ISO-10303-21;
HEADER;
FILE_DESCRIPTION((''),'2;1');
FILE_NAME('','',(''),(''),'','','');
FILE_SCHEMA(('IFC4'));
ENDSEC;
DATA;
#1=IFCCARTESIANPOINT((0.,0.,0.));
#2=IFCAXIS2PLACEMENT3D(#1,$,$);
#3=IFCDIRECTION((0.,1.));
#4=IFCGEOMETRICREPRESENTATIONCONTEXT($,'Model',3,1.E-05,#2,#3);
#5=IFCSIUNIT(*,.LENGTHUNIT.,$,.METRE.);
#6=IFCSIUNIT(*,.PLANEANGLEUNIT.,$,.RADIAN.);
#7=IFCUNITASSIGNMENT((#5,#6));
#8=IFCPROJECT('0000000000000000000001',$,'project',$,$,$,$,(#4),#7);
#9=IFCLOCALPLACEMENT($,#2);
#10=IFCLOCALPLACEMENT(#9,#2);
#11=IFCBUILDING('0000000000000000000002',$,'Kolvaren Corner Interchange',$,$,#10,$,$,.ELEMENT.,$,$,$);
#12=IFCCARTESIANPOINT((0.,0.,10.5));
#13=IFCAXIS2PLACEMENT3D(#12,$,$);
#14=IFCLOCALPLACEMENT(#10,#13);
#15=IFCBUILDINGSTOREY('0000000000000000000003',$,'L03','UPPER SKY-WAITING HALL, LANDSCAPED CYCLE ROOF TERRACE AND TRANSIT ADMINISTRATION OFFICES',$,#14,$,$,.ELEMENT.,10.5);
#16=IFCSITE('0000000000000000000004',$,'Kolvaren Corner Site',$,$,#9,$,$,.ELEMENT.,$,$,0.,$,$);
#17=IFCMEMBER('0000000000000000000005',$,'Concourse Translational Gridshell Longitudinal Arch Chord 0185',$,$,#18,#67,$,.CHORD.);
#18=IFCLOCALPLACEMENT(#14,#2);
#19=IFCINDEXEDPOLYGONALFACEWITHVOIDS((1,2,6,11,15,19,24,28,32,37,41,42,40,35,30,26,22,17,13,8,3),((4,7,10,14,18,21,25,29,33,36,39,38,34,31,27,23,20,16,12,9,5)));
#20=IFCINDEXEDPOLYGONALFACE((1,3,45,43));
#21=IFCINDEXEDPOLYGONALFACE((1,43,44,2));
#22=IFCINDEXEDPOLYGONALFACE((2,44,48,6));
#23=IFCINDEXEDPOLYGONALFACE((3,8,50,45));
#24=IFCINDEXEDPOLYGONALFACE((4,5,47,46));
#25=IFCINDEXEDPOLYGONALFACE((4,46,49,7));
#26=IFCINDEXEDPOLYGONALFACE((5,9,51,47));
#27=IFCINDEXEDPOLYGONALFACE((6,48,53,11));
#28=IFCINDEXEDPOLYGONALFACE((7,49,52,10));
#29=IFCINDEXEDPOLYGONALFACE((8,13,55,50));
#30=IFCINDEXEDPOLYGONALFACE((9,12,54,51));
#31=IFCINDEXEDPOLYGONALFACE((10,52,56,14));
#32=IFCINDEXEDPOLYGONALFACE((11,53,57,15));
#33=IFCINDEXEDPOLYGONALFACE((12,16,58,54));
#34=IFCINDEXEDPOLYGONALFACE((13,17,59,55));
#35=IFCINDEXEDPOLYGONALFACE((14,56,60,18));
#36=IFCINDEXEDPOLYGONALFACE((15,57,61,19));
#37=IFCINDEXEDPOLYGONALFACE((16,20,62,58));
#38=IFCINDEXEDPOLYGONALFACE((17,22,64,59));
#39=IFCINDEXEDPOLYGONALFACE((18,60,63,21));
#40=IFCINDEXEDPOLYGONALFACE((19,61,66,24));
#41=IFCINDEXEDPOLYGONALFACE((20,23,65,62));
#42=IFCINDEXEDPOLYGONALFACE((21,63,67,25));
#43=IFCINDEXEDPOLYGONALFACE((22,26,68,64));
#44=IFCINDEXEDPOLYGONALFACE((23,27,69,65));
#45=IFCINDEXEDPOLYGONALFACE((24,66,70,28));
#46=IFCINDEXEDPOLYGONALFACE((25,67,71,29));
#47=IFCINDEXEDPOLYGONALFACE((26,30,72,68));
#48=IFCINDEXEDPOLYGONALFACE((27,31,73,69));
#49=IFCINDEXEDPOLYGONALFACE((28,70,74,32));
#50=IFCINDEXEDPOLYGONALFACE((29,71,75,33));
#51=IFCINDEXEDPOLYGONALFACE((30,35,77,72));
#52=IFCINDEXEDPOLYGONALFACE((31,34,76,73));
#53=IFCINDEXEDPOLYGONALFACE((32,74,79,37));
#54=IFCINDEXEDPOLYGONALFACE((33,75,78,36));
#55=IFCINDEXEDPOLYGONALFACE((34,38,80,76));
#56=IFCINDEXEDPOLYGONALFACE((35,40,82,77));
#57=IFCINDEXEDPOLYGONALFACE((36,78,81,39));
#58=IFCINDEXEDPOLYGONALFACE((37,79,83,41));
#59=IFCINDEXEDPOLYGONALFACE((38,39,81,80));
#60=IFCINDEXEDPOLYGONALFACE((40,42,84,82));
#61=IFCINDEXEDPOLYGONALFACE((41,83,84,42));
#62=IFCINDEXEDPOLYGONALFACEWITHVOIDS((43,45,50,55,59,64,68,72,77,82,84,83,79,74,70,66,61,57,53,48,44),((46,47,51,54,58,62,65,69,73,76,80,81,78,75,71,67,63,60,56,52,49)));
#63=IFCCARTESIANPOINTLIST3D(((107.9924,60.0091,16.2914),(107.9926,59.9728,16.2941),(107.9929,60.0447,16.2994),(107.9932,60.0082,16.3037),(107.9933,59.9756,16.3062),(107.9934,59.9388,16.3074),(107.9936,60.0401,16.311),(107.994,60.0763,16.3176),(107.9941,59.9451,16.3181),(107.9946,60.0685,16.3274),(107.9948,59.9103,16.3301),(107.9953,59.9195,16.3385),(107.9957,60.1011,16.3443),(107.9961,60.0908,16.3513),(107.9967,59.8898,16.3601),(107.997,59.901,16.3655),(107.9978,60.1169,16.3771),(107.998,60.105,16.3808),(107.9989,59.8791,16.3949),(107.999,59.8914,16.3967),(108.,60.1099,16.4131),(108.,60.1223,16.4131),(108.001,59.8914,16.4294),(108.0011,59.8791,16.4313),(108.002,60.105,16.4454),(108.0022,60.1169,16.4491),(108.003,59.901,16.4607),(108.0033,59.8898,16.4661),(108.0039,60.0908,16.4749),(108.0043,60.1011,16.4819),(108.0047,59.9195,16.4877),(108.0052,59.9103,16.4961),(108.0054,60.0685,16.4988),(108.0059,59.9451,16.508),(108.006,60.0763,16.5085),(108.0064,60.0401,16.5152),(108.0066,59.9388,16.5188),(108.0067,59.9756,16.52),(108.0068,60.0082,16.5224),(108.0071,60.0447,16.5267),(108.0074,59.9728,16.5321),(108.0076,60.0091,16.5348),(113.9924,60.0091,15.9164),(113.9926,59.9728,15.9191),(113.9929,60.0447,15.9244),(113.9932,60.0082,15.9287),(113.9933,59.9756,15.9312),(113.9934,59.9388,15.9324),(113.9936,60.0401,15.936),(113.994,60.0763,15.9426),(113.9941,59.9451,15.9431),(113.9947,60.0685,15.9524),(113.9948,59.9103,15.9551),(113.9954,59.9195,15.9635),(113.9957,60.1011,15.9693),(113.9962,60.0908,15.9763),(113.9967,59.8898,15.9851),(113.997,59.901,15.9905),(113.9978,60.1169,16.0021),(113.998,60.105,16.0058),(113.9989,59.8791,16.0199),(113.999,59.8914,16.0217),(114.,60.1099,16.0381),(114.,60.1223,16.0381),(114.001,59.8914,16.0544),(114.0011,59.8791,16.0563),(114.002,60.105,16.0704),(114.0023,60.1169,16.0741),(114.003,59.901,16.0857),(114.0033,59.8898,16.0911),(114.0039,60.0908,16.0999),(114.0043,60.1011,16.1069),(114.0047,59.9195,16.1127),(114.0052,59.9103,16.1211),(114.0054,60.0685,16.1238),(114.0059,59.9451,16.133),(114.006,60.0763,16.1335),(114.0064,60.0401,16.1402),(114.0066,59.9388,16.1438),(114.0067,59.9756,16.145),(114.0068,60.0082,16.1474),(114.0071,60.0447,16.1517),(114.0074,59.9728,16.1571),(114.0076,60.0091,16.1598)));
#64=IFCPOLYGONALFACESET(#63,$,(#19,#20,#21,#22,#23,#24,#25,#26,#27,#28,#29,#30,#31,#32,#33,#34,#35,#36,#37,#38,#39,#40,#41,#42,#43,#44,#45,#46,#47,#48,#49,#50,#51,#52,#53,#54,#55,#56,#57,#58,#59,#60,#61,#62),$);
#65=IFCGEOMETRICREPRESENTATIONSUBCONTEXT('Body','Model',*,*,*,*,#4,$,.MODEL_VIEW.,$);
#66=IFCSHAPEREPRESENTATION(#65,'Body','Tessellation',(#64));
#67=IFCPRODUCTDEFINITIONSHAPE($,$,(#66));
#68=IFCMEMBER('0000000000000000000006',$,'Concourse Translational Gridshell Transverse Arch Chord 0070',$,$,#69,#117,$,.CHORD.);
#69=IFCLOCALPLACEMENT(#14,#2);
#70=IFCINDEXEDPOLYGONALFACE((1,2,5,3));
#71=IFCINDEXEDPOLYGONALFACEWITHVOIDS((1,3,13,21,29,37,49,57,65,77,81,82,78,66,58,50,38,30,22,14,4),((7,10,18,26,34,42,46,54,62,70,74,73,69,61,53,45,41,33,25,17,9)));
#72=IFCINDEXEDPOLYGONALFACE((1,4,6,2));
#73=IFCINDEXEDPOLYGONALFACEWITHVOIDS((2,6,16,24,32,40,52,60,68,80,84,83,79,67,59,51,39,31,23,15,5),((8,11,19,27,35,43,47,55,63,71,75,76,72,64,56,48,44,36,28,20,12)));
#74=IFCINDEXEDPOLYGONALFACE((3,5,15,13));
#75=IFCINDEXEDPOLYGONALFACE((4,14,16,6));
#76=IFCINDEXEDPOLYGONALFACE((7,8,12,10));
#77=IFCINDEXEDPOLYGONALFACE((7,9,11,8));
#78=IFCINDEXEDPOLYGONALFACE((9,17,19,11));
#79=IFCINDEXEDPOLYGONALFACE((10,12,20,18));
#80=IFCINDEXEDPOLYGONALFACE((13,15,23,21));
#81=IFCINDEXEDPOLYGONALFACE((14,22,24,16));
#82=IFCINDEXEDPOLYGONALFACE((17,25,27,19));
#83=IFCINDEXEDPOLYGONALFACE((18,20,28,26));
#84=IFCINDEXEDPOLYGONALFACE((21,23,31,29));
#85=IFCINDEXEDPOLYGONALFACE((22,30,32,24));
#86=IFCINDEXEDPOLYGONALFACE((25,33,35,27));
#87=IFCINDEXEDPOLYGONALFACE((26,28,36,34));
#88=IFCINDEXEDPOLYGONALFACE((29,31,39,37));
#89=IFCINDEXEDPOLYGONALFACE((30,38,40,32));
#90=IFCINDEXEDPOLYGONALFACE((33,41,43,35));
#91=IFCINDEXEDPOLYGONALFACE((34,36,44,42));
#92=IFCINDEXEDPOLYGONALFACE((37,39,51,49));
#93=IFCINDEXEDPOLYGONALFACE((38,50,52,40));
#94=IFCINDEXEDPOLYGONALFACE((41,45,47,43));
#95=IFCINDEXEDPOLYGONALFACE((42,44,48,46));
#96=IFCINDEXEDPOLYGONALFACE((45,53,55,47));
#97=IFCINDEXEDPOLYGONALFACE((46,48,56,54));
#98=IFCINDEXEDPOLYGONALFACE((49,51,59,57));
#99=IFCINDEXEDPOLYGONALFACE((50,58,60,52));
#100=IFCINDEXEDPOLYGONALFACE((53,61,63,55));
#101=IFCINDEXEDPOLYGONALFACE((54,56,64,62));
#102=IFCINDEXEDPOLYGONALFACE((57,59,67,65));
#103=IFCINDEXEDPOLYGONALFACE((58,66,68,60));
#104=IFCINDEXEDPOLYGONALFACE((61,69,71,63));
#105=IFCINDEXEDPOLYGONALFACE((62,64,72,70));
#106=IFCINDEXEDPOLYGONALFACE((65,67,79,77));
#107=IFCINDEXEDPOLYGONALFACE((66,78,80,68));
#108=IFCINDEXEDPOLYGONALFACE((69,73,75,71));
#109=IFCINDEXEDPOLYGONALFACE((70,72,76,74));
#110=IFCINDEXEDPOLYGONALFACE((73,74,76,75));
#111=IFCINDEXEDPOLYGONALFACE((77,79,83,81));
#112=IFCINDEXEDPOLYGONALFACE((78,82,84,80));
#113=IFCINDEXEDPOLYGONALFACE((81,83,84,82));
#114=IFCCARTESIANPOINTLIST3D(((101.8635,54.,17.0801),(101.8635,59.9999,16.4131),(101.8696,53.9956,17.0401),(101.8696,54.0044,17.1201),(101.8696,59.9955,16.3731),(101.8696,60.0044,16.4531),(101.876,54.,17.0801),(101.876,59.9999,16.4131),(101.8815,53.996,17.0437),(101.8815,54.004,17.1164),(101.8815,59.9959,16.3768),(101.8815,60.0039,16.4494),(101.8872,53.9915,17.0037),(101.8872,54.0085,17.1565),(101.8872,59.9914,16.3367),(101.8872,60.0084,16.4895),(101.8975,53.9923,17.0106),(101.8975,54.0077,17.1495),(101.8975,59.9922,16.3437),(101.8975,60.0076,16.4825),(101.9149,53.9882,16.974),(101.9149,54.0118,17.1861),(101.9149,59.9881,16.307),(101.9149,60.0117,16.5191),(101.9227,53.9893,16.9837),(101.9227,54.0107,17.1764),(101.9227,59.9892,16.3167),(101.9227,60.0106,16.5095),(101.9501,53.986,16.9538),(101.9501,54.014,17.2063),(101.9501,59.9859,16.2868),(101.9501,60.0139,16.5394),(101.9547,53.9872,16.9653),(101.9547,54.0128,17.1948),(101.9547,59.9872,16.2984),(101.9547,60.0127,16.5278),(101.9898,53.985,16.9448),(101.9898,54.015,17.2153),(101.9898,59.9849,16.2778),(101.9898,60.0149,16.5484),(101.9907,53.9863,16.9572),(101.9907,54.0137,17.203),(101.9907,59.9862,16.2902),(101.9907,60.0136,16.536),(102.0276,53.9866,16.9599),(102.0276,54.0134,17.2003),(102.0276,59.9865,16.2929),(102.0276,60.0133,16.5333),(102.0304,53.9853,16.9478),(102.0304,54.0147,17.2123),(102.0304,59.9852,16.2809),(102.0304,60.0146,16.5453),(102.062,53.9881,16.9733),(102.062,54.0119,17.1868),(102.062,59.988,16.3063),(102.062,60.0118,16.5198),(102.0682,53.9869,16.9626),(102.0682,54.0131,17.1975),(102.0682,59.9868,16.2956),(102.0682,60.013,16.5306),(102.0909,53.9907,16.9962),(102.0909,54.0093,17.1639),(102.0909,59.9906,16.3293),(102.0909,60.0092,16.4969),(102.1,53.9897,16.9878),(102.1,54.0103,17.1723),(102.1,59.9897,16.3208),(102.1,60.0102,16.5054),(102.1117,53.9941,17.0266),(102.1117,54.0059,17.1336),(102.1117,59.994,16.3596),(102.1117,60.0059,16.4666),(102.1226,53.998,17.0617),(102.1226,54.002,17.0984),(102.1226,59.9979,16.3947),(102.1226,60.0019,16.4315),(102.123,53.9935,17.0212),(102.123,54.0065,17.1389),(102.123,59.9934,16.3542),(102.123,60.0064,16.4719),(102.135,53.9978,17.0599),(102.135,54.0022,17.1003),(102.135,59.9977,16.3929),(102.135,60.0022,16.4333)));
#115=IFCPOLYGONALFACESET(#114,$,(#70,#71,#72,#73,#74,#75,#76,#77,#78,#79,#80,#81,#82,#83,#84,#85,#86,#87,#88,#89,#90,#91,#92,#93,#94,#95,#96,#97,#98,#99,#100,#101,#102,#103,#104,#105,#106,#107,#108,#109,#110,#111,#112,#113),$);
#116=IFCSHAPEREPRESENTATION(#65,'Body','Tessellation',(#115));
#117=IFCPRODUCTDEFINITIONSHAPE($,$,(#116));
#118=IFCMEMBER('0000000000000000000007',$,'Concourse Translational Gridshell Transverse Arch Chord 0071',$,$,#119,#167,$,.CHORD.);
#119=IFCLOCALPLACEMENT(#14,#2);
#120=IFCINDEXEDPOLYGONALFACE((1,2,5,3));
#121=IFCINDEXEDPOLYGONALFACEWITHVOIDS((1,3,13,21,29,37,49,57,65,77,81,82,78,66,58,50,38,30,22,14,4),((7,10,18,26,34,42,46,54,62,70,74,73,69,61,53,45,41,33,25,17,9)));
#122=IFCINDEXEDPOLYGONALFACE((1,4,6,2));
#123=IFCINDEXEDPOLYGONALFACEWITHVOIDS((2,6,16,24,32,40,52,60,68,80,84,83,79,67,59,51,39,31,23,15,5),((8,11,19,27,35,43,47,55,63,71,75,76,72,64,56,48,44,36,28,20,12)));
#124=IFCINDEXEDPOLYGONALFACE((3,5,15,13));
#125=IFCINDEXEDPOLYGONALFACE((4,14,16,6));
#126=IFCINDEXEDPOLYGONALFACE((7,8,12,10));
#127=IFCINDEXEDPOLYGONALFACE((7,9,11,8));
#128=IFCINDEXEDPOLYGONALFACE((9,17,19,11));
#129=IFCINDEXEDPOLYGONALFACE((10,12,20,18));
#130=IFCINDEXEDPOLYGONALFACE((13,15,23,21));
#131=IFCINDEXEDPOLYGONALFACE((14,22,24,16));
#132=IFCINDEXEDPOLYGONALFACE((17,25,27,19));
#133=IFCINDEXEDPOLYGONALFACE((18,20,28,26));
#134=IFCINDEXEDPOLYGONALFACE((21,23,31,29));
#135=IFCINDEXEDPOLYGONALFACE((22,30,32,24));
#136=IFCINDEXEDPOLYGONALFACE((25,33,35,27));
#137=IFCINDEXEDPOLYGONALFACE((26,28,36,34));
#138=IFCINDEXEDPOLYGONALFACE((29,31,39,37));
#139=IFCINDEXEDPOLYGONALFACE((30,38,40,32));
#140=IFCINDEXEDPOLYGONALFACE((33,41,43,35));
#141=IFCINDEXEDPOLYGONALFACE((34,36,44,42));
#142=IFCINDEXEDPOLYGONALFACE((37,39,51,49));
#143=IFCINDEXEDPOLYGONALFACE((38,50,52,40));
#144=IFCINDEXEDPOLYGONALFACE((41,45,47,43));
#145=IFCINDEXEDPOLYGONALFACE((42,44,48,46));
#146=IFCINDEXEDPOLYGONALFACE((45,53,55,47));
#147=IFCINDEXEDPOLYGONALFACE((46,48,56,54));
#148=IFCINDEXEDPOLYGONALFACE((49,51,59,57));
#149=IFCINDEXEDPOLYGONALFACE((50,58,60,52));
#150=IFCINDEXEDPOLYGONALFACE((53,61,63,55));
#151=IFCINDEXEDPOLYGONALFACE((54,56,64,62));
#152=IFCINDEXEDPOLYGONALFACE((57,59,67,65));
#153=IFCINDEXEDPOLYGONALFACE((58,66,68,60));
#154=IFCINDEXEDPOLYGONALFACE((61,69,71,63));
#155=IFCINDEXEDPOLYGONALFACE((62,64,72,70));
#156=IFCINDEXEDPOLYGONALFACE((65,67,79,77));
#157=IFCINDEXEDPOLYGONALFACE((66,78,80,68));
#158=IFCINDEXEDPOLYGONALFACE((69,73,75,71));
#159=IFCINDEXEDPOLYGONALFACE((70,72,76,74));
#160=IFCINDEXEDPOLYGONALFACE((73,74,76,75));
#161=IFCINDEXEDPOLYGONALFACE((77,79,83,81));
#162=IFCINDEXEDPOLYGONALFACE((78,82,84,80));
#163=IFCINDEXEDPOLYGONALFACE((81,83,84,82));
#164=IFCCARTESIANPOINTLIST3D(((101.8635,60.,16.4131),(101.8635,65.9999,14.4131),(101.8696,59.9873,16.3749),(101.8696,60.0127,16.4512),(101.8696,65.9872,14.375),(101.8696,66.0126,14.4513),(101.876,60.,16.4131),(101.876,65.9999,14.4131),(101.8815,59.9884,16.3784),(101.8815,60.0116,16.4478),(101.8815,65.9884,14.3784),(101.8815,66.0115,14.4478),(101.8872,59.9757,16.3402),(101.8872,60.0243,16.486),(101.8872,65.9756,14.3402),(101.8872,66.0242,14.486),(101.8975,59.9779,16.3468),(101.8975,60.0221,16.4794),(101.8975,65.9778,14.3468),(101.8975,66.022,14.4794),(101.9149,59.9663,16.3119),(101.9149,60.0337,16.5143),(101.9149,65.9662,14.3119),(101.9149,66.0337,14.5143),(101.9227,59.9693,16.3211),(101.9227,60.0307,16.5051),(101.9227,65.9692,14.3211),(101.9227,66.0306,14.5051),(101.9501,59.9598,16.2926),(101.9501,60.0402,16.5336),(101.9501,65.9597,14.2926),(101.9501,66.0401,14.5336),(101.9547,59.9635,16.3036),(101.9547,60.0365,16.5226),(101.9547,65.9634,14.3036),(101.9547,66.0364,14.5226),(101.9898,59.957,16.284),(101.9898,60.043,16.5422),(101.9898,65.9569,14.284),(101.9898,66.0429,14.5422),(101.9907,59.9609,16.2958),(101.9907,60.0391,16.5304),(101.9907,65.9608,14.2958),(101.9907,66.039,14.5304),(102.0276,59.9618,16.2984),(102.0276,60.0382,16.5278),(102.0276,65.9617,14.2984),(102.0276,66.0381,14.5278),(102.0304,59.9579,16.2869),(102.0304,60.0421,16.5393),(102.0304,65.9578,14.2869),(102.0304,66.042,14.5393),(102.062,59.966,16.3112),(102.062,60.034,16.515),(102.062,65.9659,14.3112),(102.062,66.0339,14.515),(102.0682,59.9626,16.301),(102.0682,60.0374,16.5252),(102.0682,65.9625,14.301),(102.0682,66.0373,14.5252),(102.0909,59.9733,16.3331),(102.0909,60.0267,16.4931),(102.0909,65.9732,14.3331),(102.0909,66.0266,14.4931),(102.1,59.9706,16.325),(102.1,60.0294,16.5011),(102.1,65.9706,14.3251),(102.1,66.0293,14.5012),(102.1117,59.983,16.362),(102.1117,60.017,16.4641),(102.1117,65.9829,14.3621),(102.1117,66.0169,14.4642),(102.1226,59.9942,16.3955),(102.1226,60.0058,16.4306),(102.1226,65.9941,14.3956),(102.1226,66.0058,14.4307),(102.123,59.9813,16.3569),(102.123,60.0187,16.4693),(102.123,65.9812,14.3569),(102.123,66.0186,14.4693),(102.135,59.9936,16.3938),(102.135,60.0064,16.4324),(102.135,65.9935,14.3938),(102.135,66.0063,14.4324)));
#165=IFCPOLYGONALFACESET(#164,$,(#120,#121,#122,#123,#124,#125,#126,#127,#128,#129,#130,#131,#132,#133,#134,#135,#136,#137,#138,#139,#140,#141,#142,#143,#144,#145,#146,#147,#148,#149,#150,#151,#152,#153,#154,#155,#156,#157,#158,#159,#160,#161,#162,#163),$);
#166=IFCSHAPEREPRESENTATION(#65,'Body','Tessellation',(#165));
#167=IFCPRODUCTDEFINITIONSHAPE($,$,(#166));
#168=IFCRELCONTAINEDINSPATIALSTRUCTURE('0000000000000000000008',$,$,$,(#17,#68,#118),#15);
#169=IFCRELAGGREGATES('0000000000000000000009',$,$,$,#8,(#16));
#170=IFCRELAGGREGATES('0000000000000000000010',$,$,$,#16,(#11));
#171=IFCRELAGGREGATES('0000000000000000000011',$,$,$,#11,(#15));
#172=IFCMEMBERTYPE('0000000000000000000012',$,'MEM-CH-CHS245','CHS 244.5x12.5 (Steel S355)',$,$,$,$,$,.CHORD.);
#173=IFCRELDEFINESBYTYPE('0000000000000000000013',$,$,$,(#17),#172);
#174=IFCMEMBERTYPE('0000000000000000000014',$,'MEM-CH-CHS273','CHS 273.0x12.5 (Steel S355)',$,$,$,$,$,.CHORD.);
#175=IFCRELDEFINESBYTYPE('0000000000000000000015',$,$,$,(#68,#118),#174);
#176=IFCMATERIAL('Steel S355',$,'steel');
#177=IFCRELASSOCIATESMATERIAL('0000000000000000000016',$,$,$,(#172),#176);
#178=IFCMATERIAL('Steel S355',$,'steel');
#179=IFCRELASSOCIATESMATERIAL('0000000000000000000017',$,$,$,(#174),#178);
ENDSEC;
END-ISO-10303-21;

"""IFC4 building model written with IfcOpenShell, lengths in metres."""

from ifc_helpers import new_model, si_unit, direction, frame, origin, origin_2d, place, context, subcontext, project, spatial, hollow_circle, extrude, material, material_profile, profile_set, type_object, element, save


model = new_model("IFC4")

# Units and contexts
model_context = context("Model", 3, precision=1e-05, world=origin(), true_north=direction((0.0, 1.0)))
body_context = subcontext(model_context, "Body", "Model", "MODEL_VIEW")
ifc_project = project(units=[si_unit("LENGTHUNIT", "METRE"), si_unit("PLANEANGLEUNIT", "RADIAN")], contexts=[model_context])

# Site, building, storey
site_placement = place(None, origin())
site = spatial("IfcSite", under=ifc_project, at=site_placement, Name="Kolvaren Corner Site", CompositionType="ELEMENT", RefElevation=0.0)
building_placement = place(site_placement, origin())
building = spatial("IfcBuilding", under=site, at=building_placement, Name="Kolvaren Corner Interchange", CompositionType="ELEMENT")
storey_placement = place(building_placement, frame((0.0, 0.0, 10.5)))
storey = spatial("IfcBuildingStorey", under=building, at=storey_placement, Name="L03", Description="UPPER SKY-WAITING HALL, LANDSCAPED CYCLE ROOF TERRACE AND TRANSIT ADMINISTRATION OFFICES", CompositionType="ELEMENT", Elevation=10.5)

# Members
ifc_material_1 = material(Name="Steel S355", Category="steel")
ifc_material_profile_1 = material_profile(ifc_material_1, hollow_circle(Radius=0.1223, WallThickness=0.0125, at=origin_2d()), Name="CHS 244.5x12.5")
ifc_profile_set_1 = profile_set([ifc_material_profile_1], Name="Steel S355")
member_type_1 = type_object("IfcMemberType", Name="MEM-CH-CHS245", Description="CHS 244.5x12.5 (Steel S355)", PredefinedType="CHORD", material=ifc_profile_set_1)
member_1_placement = place(storey_placement, frame((108.0, 60.0, 16.4131), z_axis=(0.998053, 0.0, -0.062378), x_axis=(0.0, 1.0, 0.0)))
element("IfcMember", 1, at=member_1_placement, inside=storey, type_object=member_type_1, Name="Concourse Translational Gridshell Longitudinal Arch Chord 0185", PredefinedType="CHORD", context=body_context, shape_type="SweptSolid", body=[
    extrude(hollow_circle(Radius=0.1223, WallThickness=0.0125, at=origin_2d()), origin(), (0.0, 0.0, 1.0), 6.0117),
])
ifc_material_2 = material(Name="Steel S355", Category="steel")
ifc_material_profile_2 = material_profile(ifc_material_2, hollow_circle(Radius=0.1365, WallThickness=0.0125, at=origin_2d()), Name="CHS 273.0x12.5")
ifc_profile_set_2 = profile_set([ifc_material_profile_2], Name="Steel S355")
member_type_2 = type_object("IfcMemberType", Name="MEM-CH-CHS273", Description="CHS 273.0x12.5 (Steel S355)", PredefinedType="CHORD", material=ifc_profile_set_2)
member_2_placement = place(storey_placement, frame((102.0, 54.0, 17.0801), z_axis=(0.0, 0.993878, -0.110485), x_axis=(-1.0, 0.0, 0.0)))
element("IfcMember", 2, at=member_2_placement, inside=storey, type_object=member_type_2, Name="Concourse Translational Gridshell Transverse Arch Chord 0070", PredefinedType="CHORD", context=body_context, shape_type="SweptSolid", body=[
    extrude(hollow_circle(Radius=0.1365, WallThickness=0.0125, at=origin_2d()), origin(), (0.0, 0.0, 1.0), 6.0369),
])
member_3_placement = place(storey_placement, frame((102.0, 60.0, 16.4131), z_axis=(0.0, 0.948683, -0.316228), x_axis=(-1.0, 0.0, 0.0)))
element("IfcMember", 3, at=member_3_placement, inside=storey, type_object=member_type_2, Name="Concourse Translational Gridshell Transverse Arch Chord 0071", PredefinedType="CHORD", context=body_context, shape_type="SweptSolid", body=[
    extrude(hollow_circle(Radius=0.1365, WallThickness=0.0125, at=origin_2d()), origin(), (0.0, 0.0, 1.0), 6.3245),
])

save(model, "model.ifc")
